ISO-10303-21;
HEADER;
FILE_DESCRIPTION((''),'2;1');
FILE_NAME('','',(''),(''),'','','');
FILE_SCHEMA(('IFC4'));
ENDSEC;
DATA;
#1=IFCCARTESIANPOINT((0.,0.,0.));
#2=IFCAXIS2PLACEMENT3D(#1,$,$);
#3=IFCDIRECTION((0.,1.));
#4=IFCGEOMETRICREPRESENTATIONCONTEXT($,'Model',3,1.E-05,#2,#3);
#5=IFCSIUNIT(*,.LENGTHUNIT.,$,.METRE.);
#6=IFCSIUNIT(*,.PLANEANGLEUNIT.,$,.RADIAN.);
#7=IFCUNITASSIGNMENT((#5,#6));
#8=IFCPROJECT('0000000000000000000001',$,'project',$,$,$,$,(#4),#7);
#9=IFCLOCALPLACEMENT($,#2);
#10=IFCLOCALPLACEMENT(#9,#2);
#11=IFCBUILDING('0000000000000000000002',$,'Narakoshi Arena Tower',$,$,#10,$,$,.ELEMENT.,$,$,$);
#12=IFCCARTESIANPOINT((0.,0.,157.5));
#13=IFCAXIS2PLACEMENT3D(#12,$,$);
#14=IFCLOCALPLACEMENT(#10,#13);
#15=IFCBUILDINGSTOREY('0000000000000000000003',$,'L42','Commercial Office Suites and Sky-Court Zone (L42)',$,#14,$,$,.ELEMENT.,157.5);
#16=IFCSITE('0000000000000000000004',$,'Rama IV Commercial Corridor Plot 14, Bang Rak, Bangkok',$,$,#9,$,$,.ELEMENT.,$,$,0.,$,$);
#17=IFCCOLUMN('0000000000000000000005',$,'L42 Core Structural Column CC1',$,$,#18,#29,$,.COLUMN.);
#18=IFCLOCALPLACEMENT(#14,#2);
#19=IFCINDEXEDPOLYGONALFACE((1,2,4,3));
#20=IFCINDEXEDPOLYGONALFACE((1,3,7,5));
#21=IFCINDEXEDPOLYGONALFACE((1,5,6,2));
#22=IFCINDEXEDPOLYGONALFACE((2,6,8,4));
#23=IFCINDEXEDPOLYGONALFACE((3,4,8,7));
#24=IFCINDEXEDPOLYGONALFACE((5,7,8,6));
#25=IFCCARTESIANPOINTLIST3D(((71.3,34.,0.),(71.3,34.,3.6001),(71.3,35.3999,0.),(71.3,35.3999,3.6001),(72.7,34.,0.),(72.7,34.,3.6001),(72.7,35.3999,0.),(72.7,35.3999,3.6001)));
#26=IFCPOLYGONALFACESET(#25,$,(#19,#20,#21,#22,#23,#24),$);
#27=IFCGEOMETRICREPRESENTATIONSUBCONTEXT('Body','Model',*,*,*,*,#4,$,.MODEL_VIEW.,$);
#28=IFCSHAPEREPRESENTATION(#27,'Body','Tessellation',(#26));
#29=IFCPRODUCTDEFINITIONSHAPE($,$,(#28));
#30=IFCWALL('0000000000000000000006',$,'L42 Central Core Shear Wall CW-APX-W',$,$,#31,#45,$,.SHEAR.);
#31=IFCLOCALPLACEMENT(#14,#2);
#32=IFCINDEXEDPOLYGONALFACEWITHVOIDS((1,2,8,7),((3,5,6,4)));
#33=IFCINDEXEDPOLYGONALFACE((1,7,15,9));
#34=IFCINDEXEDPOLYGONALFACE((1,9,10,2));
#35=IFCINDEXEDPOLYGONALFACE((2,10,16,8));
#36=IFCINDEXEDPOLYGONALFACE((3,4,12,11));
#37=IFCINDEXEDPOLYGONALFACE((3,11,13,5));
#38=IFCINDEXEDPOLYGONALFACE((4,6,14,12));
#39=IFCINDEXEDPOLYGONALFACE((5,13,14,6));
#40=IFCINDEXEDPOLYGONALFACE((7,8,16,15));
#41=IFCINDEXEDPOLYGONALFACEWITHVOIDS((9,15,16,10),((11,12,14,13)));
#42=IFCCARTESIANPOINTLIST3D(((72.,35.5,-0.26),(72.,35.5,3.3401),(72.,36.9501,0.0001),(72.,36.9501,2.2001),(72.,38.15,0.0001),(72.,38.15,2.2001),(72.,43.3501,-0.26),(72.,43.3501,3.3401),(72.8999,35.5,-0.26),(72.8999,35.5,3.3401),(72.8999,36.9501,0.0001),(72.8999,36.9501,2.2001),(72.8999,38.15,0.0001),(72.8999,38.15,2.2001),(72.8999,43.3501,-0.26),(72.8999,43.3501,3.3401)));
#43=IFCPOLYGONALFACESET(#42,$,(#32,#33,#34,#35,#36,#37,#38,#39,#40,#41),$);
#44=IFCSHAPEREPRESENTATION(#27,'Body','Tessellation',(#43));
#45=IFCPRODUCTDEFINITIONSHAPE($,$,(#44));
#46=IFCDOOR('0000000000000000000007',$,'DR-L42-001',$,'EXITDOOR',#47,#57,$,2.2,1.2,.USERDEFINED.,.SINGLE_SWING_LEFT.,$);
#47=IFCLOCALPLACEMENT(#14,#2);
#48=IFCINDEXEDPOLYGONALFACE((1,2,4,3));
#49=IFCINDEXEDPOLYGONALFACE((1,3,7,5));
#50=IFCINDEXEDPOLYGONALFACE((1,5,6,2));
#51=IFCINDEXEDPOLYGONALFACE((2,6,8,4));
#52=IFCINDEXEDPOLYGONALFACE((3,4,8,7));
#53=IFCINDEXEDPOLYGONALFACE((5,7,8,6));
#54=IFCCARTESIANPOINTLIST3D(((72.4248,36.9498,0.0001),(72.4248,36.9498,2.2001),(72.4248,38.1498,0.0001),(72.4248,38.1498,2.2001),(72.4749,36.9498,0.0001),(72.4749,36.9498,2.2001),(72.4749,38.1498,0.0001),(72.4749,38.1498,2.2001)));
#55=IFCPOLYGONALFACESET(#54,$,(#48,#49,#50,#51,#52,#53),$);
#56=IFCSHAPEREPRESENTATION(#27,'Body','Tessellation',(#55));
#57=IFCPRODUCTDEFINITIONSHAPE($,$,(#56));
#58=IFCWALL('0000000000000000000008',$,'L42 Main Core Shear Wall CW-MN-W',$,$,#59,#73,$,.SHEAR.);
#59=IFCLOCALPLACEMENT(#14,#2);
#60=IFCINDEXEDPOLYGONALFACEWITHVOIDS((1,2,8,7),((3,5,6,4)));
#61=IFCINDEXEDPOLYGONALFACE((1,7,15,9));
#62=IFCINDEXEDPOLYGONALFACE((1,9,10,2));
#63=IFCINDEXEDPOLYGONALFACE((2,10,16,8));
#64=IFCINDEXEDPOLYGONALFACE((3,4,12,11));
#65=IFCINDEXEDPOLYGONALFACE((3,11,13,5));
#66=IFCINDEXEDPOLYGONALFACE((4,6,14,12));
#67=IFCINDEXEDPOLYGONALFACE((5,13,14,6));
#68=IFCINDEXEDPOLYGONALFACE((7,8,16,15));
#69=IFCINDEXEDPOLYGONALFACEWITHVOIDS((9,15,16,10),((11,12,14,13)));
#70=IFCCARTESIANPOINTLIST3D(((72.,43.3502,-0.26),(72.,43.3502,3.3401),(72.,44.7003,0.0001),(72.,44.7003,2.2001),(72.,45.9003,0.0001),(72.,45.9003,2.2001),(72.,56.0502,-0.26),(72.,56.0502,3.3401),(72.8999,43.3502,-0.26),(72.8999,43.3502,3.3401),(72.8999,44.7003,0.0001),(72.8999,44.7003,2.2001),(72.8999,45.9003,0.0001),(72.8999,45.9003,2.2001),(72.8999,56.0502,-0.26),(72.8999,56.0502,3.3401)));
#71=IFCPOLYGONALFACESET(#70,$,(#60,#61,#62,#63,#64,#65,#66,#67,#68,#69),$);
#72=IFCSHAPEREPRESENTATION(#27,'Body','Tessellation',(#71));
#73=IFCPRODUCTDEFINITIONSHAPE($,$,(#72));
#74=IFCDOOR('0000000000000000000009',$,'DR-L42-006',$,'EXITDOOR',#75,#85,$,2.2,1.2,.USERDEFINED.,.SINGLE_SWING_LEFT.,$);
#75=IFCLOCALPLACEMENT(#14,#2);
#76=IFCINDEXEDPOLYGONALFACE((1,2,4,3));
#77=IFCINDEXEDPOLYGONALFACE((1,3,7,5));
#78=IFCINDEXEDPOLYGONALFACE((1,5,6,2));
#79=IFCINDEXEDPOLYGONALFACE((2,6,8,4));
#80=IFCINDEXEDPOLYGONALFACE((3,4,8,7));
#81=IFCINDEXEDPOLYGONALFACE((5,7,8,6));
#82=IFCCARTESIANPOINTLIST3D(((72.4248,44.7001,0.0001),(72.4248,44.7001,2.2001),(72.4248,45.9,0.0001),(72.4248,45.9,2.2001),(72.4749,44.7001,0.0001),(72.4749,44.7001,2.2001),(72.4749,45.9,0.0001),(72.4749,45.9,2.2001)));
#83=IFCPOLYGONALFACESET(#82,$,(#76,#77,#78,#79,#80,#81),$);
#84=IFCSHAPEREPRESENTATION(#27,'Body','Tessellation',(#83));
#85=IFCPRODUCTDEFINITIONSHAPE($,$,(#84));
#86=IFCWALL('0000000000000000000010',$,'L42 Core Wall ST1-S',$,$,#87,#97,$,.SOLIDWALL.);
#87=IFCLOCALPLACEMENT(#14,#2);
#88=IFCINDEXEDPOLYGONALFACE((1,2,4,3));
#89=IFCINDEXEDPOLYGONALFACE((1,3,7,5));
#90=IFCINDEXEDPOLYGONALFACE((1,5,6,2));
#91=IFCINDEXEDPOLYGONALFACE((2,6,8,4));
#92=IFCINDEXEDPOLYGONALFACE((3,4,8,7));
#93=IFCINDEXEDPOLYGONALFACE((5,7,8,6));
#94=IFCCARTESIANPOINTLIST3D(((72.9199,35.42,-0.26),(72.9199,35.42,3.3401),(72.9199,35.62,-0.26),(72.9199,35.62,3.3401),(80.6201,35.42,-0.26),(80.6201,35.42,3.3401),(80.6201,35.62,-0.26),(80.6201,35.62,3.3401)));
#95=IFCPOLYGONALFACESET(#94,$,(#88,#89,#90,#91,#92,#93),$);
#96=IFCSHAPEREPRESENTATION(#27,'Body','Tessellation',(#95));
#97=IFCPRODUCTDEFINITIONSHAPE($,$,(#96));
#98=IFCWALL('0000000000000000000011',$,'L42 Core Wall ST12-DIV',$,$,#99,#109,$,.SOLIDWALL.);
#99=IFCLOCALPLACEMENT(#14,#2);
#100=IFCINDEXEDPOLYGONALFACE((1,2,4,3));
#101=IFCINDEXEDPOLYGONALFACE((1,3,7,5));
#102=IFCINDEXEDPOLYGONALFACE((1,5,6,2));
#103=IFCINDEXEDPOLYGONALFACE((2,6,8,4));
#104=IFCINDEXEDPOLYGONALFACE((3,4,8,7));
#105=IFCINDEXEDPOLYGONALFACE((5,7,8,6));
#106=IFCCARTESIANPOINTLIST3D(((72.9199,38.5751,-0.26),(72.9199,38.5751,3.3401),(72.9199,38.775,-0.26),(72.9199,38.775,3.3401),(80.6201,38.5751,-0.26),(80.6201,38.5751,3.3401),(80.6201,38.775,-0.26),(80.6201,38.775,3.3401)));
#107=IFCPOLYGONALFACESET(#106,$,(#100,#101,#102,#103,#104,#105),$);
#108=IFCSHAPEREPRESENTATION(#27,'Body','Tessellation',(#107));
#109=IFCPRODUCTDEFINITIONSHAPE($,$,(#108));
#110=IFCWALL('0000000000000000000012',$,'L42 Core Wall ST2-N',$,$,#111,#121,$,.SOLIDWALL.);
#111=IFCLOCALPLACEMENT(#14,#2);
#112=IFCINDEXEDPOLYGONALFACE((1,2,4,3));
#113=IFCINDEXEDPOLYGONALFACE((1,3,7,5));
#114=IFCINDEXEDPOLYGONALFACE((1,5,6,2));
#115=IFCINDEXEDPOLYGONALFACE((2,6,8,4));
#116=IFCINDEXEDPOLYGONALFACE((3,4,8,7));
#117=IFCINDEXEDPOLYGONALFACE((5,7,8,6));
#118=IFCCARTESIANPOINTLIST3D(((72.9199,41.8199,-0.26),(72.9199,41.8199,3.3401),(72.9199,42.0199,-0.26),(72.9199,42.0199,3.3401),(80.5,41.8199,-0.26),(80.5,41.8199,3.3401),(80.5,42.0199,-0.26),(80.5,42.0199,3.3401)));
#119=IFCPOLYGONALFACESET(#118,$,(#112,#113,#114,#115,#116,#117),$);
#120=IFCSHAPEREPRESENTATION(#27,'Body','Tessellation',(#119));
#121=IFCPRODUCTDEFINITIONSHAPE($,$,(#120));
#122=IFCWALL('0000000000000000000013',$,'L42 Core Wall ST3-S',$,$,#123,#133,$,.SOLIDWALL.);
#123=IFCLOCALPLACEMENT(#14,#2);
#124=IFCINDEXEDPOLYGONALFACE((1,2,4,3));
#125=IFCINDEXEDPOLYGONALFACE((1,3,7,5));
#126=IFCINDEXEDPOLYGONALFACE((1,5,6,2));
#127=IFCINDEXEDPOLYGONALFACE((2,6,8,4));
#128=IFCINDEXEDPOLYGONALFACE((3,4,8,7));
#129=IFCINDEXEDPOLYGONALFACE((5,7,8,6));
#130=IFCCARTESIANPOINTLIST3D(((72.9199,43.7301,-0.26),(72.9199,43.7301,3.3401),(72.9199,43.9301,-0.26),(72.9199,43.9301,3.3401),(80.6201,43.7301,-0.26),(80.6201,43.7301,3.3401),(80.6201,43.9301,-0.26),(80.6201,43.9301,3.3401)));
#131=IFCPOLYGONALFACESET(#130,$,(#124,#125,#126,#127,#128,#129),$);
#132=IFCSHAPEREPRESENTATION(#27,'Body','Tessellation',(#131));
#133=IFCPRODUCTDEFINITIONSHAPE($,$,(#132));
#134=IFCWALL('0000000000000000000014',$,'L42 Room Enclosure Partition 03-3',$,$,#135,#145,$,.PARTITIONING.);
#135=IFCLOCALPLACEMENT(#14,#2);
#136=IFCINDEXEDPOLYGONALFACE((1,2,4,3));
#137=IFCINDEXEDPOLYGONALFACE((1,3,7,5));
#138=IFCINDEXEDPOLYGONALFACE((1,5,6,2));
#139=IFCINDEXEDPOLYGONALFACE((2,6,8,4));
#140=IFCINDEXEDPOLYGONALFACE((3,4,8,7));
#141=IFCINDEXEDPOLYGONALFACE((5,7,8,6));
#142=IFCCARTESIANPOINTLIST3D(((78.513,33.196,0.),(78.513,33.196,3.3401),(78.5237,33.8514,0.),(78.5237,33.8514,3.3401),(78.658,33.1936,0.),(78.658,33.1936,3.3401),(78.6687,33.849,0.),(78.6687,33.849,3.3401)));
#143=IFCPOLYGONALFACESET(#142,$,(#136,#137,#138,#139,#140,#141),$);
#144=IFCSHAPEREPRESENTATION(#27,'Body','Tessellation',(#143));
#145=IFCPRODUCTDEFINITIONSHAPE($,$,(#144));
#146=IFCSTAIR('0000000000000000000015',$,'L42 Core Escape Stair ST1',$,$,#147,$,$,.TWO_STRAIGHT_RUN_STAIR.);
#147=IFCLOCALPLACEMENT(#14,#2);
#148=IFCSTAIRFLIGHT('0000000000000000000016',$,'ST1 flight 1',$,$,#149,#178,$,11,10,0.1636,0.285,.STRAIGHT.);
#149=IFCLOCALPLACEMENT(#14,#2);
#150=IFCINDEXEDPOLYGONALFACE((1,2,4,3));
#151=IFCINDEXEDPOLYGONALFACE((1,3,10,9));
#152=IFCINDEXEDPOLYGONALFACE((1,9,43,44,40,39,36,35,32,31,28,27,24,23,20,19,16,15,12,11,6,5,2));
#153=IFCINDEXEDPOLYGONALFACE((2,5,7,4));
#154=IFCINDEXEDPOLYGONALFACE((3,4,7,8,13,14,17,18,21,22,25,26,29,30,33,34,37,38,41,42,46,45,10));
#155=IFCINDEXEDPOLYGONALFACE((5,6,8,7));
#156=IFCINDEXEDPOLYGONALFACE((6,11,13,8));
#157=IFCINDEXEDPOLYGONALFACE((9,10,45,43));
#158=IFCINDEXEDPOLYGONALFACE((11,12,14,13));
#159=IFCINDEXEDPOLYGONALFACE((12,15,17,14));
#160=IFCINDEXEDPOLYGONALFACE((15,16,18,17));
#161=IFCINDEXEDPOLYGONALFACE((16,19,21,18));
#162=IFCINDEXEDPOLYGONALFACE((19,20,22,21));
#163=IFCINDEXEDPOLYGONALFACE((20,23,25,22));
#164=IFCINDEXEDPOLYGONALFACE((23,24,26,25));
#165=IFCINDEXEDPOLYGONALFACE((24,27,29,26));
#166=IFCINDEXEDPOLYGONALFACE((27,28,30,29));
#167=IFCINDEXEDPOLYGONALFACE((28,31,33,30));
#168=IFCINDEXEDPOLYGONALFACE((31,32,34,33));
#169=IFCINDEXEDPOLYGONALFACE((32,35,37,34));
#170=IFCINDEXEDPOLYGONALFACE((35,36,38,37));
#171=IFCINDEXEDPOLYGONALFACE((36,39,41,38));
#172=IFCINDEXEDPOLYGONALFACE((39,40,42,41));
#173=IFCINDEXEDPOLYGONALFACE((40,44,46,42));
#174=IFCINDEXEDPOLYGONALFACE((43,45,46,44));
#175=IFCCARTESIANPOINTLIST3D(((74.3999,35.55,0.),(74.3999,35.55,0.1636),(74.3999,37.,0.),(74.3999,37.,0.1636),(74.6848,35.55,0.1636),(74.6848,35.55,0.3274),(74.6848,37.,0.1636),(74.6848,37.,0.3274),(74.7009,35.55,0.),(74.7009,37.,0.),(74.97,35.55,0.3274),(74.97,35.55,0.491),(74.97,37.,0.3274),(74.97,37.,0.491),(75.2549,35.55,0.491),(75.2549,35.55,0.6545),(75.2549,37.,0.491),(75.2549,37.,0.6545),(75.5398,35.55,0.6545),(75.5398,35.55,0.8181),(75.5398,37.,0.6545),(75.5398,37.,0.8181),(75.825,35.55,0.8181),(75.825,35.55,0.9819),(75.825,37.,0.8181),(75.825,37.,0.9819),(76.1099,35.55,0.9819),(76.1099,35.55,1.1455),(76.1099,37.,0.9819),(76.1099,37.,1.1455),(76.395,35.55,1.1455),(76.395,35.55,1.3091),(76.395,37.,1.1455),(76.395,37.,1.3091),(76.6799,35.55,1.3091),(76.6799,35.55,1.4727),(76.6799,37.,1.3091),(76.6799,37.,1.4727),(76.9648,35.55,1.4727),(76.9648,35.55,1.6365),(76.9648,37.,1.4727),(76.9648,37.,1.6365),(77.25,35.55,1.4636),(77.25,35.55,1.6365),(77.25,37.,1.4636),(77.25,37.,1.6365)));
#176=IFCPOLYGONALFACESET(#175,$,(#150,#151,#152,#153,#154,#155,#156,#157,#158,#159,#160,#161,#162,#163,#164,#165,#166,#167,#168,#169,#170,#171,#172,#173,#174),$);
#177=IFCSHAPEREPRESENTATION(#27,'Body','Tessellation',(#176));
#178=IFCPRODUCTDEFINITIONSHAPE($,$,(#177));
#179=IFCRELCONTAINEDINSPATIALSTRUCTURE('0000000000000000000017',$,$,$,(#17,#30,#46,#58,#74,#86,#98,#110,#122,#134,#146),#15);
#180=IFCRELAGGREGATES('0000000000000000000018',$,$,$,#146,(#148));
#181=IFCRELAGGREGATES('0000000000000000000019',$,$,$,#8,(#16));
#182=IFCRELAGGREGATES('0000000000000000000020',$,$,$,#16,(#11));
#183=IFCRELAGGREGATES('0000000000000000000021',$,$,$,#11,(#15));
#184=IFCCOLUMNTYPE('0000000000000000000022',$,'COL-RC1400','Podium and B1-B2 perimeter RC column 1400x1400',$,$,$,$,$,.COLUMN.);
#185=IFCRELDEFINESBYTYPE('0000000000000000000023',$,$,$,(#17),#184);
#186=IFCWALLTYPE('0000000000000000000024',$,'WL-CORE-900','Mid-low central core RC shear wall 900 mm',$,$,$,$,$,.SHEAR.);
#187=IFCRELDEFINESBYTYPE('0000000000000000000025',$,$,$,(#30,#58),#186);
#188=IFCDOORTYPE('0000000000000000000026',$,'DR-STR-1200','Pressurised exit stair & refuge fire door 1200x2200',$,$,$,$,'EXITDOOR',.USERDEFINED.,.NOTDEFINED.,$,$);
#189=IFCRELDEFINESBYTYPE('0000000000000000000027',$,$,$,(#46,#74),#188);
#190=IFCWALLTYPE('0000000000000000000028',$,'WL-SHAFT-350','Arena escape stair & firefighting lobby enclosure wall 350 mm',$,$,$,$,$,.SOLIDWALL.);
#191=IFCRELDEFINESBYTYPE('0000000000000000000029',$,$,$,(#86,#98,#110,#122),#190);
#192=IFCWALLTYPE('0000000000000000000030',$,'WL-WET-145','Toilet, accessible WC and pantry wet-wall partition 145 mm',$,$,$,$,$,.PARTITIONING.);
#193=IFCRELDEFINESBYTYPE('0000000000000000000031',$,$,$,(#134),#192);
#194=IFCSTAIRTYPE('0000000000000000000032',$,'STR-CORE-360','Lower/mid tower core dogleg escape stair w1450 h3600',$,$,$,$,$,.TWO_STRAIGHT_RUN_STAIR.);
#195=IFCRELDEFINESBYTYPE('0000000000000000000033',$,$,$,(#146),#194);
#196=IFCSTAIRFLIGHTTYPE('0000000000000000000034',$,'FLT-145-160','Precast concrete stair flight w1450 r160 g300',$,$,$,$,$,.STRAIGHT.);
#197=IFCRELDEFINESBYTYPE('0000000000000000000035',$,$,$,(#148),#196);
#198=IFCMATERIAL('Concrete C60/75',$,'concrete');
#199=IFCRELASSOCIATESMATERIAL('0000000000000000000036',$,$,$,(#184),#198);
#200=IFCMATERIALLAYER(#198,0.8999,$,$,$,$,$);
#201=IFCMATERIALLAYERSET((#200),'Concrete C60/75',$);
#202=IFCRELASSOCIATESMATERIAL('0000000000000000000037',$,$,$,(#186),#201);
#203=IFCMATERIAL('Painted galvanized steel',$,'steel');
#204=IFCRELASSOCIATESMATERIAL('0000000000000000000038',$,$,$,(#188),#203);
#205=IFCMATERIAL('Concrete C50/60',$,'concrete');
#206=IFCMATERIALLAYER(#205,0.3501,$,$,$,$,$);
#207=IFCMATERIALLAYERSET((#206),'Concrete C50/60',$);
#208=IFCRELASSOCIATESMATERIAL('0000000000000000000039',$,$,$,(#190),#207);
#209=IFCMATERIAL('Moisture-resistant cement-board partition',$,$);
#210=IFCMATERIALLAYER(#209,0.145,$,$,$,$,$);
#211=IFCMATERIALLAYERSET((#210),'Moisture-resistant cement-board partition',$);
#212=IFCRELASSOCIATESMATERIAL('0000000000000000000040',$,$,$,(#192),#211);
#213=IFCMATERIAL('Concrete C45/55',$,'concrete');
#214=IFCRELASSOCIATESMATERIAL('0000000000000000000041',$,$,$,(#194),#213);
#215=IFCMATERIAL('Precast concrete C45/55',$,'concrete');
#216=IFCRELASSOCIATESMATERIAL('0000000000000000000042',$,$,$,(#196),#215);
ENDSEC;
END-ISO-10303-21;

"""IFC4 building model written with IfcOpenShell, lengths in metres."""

from ifc_helpers import new_model, si_unit, direction, frame, frame_2d, origin, origin_2d, place, context, subcontext, project, spatial, polyline, rectangle, outline, extrude, material, layer, layer_set, material_profile, profile_set, type_object, element, fill, aggregate, save


model = new_model("IFC4")

# Units and contexts
model_context = context("Model", 3, precision=1e-05, world=origin(), true_north=direction((0.0, 1.0)))
body_context = subcontext(model_context, "Body", "Model", "MODEL_VIEW")
ifc_project = project(units=[si_unit("LENGTHUNIT", "METRE"), si_unit("PLANEANGLEUNIT", "RADIAN")], contexts=[model_context])

# Site, building, storey
site_placement = place(None, origin())
site = spatial("IfcSite", under=ifc_project, at=site_placement, Name="Rama IV Commercial Corridor Plot 14, Bang Rak, Bangkok", CompositionType="ELEMENT", RefElevation=0.0)
building_placement = place(site_placement, origin())
building = spatial("IfcBuilding", under=site, at=building_placement, Name="Narakoshi Arena Tower", CompositionType="ELEMENT")
storey_placement = place(building_placement, frame((0.0, 0.0, 157.5)))
storey = spatial("IfcBuildingStorey", under=building, at=storey_placement, Name="L42", Description="Commercial Office Suites and Sky-Court Zone (L42)", CompositionType="ELEMENT", Elevation=157.5)

# Column
ifc_material_1 = material(Name="Concrete C60/75", Category="concrete")
ifc_material_profile = material_profile(ifc_material_1, rectangle(XDim=1.3999, YDim=1.3999, at=origin_2d()), Name="RC1400x1400")
ifc_profile_set = profile_set([ifc_material_profile], Name="Concrete C60/75")
column_type = type_object("IfcColumnType", Name="COL-RC1400", Description="Podium and B1-B2 perimeter RC column 1400x1400", PredefinedType="COLUMN", material=ifc_profile_set)
column_placement = place(storey_placement, frame((72.0, 34.7, 0.0), z_axis=(0.0, 0.0, 1.0), x_axis=(1.0, 0.0, 0.0)))
element("IfcColumn", 1, at=column_placement, inside=storey, type_object=column_type, Name="L42 Core Structural Column CC1", PredefinedType="COLUMN", context=body_context, shape_type="SweptSolid", body=[
    extrude(rectangle(XDim=1.3999, YDim=1.3999, at=origin_2d()), origin(), (0.0, 0.0, 1.0), 3.6001),
])

# Walls, openings, doors
ifc_layer_1 = layer(ifc_material_1, 0.8999)
ifc_layer_set_1 = layer_set([ifc_layer_1], Name="Concrete C60/75")
wall_type_1 = type_object("IfcWallType", Name="WL-CORE-900", Description="Mid-low central core RC shear wall 900 mm", PredefinedType="SHEAR", material=ifc_layer_set_1)
wall_1_placement = place(storey_placement, frame((72.45, 35.5, -0.26), z_axis=(0.0, 0.0, 1.0), x_axis=(0.0, 1.0, 0.0)))
wall_1 = element("IfcWall", 2, at=wall_1_placement, inside=storey, type_object=wall_type_1, Name="L42 Central Core Shear Wall CW-APX-W", PredefinedType="SHEAR", context=body_context, shape_type="SweptSolid", body=[
    extrude(rectangle(XDim=7.8501, YDim=0.8999, at=frame_2d((3.925, 0.0))), origin(), (0.0, 0.0, 1.0), 3.6001),
])
opening_1_placement = place(wall_1_placement, frame((1.45, 0.0, 0.26)))
opening_1 = element("IfcOpeningElement", 3, at=opening_1_placement, cuts=wall_1, PredefinedType="OPENING", context=body_context, shape_type="SweptSolid", body=[
    extrude(rectangle(XDim=1.2, YDim=2.2, at=frame_2d((0.6001, 1.1001))), frame((0.0, 0.46, 0.0), z_axis=(0.0, -1.0, 0.0), x_axis=(1.0, 0.0, 0.0)), (0.0, 0.0, 1.0), 0.9199),
])
ifc_material_2 = material(Name="Painted galvanized steel", Category="steel")
door_type = type_object("IfcDoorType", Name="DR-STR-1200", Description="Pressurised exit stair & refuge fire door 1200x2200", ElementType="EXITDOOR", OperationType="NOTDEFINED", PredefinedType="USERDEFINED", material=ifc_material_2)
door_1_placement = place(opening_1_placement, frame((1.2, 0.0, 0.0), z_axis=(0.0, 0.0, 1.0), x_axis=(-1.0, 0.0, 0.0)))
door_1 = element("IfcDoor", 4, at=door_1_placement, inside=storey, type_object=door_type, Name="DR-L42-001", ObjectType="EXITDOOR", OperationType="SINGLE_SWING_LEFT", OverallHeight=2.2, OverallWidth=1.2, PredefinedType="USERDEFINED", context=body_context, shape_type="SweptSolid", body=[
    extrude(rectangle(XDim=1.2, YDim=2.2, at=frame_2d((0.6001, 1.1001))), frame((0.0, 0.0249, 0.0), z_axis=(0.0, -1.0, 0.0), x_axis=(1.0, 0.0, 0.0)), (0.0, 0.0, 1.0), 0.05),
])
fill(opening_1, door_1)
wall_2_placement = place(storey_placement, frame((72.45, 43.3501, -0.26), z_axis=(0.0, 0.0, 1.0), x_axis=(0.0, 1.0, 0.0)))
wall_2 = element("IfcWall", 5, at=wall_2_placement, inside=storey, type_object=wall_type_1, Name="L42 Main Core Shear Wall CW-MN-W", PredefinedType="SHEAR", context=body_context, shape_type="SweptSolid", body=[
    extrude(rectangle(XDim=12.7, YDim=0.8999, at=frame_2d((6.3501, 0.0))), origin(), (0.0, 0.0, 1.0), 3.6001),
])
opening_2_placement = place(wall_2_placement, frame((1.3501, 0.0, 0.26)))
opening_2 = element("IfcOpeningElement", 6, at=opening_2_placement, cuts=wall_2, PredefinedType="OPENING", context=body_context, shape_type="SweptSolid", body=[
    extrude(rectangle(XDim=1.2, YDim=2.2, at=frame_2d((0.6001, 1.1001))), frame((0.0, 0.46, 0.0), z_axis=(0.0, -1.0, 0.0), x_axis=(1.0, 0.0, 0.0)), (0.0, 0.0, 1.0), 0.9199),
])
door_2_placement = place(opening_2_placement, frame((1.2, 0.0, 0.0), z_axis=(0.0, 0.0, 1.0), x_axis=(-1.0, 0.0, 0.0)))
door_2 = element("IfcDoor", 7, at=door_2_placement, inside=storey, type_object=door_type, Name="DR-L42-006", ObjectType="EXITDOOR", OperationType="SINGLE_SWING_LEFT", OverallHeight=2.2, OverallWidth=1.2, PredefinedType="USERDEFINED", context=body_context, shape_type="SweptSolid", body=[
    extrude(rectangle(XDim=1.2, YDim=2.2, at=frame_2d((0.6001, 1.1001))), frame((0.0, 0.0249, 0.0), z_axis=(0.0, -1.0, 0.0), x_axis=(1.0, 0.0, 0.0)), (0.0, 0.0, 1.0), 0.05),
])
fill(opening_2, door_2)

# Walls
ifc_material_3 = material(Name="Concrete C50/60", Category="concrete")
ifc_layer_2 = layer(ifc_material_3, 0.3501)
ifc_layer_set_2 = layer_set([ifc_layer_2], Name="Concrete C50/60")
wall_type_2 = type_object("IfcWallType", Name="WL-SHAFT-350", Description="Arena escape stair & firefighting lobby enclosure wall 350 mm", PredefinedType="SOLIDWALL", material=ifc_layer_set_2)
for number, where, z_axis, x_axis, name in (
    (8, (72.9199, 35.52, -0.26), (0.0, 0.0, 1.0), (1.0, 0.0, 0.0), "L42 Core Wall ST1-S"),
    (9, (72.9199, 38.675, -0.26), (0.0, 0.0, 1.0), (1.0, 0.0, 0.0), "L42 Core Wall ST12-DIV"),
):
    element("IfcWall", number, at=place(storey_placement, frame(where, z_axis=z_axis, x_axis=x_axis)), inside=storey, type_object=wall_type_2, Name=name, PredefinedType="SOLIDWALL", context=body_context, shape_type="SweptSolid", body=[
        extrude(rectangle(XDim=7.7002, YDim=0.2, at=frame_2d((3.8501, 0.0))), origin(), (0.0, 0.0, 1.0), 3.6001),
    ])
wall_3_placement = place(storey_placement, frame((72.9199, 41.9199, -0.26), z_axis=(0.0, 0.0, 1.0), x_axis=(1.0, 0.0, 0.0)))
element("IfcWall", 10, at=wall_3_placement, inside=storey, type_object=wall_type_2, Name="L42 Core Wall ST2-N", PredefinedType="SOLIDWALL", context=body_context, shape_type="SweptSolid", body=[
    extrude(rectangle(XDim=7.5801, YDim=0.2, at=frame_2d((3.79, 0.0))), origin(), (0.0, 0.0, 1.0), 3.6001),
])
wall_4_placement = place(storey_placement, frame((72.9199, 43.8301, -0.26), z_axis=(0.0, 0.0, 1.0), x_axis=(1.0, 0.0, 0.0)))
element("IfcWall", 11, at=wall_4_placement, inside=storey, type_object=wall_type_2, Name="L42 Core Wall ST3-S", PredefinedType="SOLIDWALL", context=body_context, shape_type="SweptSolid", body=[
    extrude(rectangle(XDim=7.7002, YDim=0.2, at=frame_2d((3.8501, 0.0))), origin(), (0.0, 0.0, 1.0), 3.6001),
])
ifc_material_4 = material(Name="Moisture-resistant cement-board partition")
ifc_layer_3 = layer(ifc_material_4, 0.145)
ifc_layer_set_3 = layer_set([ifc_layer_3], Name="Moisture-resistant cement-board partition")
wall_type_3 = type_object("IfcWallType", Name="WL-WET-145", Description="Toilet, accessible WC and pantry wet-wall partition 145 mm", PredefinedType="PARTITIONING", material=ifc_layer_set_3)
wall_5_placement = place(storey_placement, frame((78.5962, 33.8501, 0.0), z_axis=(0.0, 0.0, 1.0), x_axis=(-0.016385, -0.999866, 0.0)))
element("IfcWall", 12, at=wall_5_placement, inside=storey, type_object=wall_type_3, Name="L42 Room Enclosure Partition 03-3", PredefinedType="PARTITIONING", context=body_context, shape_type="SweptSolid", body=[
    extrude(rectangle(XDim=0.6555, YDim=0.145, at=frame_2d((0.3276, 0.0))), origin(), (0.0, 0.0, 1.0), 3.3401),
])

# Stair, stair flight
ifc_material_5 = material(Name="Concrete C45/55", Category="concrete")
stair_type = type_object("IfcStairType", Name="STR-CORE-360", Description="Lower/mid tower core dogleg escape stair w1450 h3600", PredefinedType="TWO_STRAIGHT_RUN_STAIR", material=ifc_material_5)
stair_1_placement = place(storey_placement, origin())
stair_1 = element("IfcStair", 13, at=stair_1_placement, inside=storey, type_object=stair_type, Name="L42 Core Escape Stair ST1", PredefinedType="TWO_STRAIGHT_RUN_STAIR")
ifc_material_6 = material(Name="Precast concrete C45/55", Category="concrete")
stair_flight_type = type_object("IfcStairFlightType", Name="FLT-145-160", Description="Precast concrete stair flight w1450 r160 g300", PredefinedType="STRAIGHT", material=ifc_material_6)
stair_flight_1_placement = place(storey_placement, frame((74.3999, 36.2749, 0.0), z_axis=(0.0, 0.0, 1.0), x_axis=(1.0, 0.0, 0.0)))
stair_flight_1 = element("IfcStairFlight", 14, at=stair_flight_1_placement, type_object=stair_flight_type, Name="ST1 flight 1", NumberOfRisers=11, NumberOfTreads=10, PredefinedType="STRAIGHT", RiserHeight=0.1636, TreadLength=0.285, context=body_context, shape_type="SweptSolid", body=[
    extrude(outline(polyline([(0.0, 0.0), (0.0, 0.1636), (0.2849, 0.1636), (0.2849, 0.3274), (0.5701, 0.3274), (0.5701, 0.491), (0.855, 0.491), (0.855, 0.6545), (1.1399, 0.6545), (1.1399, 0.8181), (1.425, 0.8181), (1.425, 0.9819), (1.71, 0.9819), (1.71, 1.1455), (1.9951, 1.1455), (1.9951, 1.3091), (2.28, 1.3091), (2.28, 1.4727), (2.5649, 1.4727), (2.5649, 1.6365), (2.8501, 1.6365), (2.8501, 1.8), (2.8501, 1.4636), (0.301, 0.0), (0.0, 0.0)])), frame((0.0, 0.7251, 0.0), z_axis=(0.0, -1.0, 0.0), x_axis=(1.0, 0.0, 0.0)), (0.0, 0.0, 1.0), 1.45),
])
aggregate(stair_1, [stair_flight_1])

save(model, "model.ifc")
